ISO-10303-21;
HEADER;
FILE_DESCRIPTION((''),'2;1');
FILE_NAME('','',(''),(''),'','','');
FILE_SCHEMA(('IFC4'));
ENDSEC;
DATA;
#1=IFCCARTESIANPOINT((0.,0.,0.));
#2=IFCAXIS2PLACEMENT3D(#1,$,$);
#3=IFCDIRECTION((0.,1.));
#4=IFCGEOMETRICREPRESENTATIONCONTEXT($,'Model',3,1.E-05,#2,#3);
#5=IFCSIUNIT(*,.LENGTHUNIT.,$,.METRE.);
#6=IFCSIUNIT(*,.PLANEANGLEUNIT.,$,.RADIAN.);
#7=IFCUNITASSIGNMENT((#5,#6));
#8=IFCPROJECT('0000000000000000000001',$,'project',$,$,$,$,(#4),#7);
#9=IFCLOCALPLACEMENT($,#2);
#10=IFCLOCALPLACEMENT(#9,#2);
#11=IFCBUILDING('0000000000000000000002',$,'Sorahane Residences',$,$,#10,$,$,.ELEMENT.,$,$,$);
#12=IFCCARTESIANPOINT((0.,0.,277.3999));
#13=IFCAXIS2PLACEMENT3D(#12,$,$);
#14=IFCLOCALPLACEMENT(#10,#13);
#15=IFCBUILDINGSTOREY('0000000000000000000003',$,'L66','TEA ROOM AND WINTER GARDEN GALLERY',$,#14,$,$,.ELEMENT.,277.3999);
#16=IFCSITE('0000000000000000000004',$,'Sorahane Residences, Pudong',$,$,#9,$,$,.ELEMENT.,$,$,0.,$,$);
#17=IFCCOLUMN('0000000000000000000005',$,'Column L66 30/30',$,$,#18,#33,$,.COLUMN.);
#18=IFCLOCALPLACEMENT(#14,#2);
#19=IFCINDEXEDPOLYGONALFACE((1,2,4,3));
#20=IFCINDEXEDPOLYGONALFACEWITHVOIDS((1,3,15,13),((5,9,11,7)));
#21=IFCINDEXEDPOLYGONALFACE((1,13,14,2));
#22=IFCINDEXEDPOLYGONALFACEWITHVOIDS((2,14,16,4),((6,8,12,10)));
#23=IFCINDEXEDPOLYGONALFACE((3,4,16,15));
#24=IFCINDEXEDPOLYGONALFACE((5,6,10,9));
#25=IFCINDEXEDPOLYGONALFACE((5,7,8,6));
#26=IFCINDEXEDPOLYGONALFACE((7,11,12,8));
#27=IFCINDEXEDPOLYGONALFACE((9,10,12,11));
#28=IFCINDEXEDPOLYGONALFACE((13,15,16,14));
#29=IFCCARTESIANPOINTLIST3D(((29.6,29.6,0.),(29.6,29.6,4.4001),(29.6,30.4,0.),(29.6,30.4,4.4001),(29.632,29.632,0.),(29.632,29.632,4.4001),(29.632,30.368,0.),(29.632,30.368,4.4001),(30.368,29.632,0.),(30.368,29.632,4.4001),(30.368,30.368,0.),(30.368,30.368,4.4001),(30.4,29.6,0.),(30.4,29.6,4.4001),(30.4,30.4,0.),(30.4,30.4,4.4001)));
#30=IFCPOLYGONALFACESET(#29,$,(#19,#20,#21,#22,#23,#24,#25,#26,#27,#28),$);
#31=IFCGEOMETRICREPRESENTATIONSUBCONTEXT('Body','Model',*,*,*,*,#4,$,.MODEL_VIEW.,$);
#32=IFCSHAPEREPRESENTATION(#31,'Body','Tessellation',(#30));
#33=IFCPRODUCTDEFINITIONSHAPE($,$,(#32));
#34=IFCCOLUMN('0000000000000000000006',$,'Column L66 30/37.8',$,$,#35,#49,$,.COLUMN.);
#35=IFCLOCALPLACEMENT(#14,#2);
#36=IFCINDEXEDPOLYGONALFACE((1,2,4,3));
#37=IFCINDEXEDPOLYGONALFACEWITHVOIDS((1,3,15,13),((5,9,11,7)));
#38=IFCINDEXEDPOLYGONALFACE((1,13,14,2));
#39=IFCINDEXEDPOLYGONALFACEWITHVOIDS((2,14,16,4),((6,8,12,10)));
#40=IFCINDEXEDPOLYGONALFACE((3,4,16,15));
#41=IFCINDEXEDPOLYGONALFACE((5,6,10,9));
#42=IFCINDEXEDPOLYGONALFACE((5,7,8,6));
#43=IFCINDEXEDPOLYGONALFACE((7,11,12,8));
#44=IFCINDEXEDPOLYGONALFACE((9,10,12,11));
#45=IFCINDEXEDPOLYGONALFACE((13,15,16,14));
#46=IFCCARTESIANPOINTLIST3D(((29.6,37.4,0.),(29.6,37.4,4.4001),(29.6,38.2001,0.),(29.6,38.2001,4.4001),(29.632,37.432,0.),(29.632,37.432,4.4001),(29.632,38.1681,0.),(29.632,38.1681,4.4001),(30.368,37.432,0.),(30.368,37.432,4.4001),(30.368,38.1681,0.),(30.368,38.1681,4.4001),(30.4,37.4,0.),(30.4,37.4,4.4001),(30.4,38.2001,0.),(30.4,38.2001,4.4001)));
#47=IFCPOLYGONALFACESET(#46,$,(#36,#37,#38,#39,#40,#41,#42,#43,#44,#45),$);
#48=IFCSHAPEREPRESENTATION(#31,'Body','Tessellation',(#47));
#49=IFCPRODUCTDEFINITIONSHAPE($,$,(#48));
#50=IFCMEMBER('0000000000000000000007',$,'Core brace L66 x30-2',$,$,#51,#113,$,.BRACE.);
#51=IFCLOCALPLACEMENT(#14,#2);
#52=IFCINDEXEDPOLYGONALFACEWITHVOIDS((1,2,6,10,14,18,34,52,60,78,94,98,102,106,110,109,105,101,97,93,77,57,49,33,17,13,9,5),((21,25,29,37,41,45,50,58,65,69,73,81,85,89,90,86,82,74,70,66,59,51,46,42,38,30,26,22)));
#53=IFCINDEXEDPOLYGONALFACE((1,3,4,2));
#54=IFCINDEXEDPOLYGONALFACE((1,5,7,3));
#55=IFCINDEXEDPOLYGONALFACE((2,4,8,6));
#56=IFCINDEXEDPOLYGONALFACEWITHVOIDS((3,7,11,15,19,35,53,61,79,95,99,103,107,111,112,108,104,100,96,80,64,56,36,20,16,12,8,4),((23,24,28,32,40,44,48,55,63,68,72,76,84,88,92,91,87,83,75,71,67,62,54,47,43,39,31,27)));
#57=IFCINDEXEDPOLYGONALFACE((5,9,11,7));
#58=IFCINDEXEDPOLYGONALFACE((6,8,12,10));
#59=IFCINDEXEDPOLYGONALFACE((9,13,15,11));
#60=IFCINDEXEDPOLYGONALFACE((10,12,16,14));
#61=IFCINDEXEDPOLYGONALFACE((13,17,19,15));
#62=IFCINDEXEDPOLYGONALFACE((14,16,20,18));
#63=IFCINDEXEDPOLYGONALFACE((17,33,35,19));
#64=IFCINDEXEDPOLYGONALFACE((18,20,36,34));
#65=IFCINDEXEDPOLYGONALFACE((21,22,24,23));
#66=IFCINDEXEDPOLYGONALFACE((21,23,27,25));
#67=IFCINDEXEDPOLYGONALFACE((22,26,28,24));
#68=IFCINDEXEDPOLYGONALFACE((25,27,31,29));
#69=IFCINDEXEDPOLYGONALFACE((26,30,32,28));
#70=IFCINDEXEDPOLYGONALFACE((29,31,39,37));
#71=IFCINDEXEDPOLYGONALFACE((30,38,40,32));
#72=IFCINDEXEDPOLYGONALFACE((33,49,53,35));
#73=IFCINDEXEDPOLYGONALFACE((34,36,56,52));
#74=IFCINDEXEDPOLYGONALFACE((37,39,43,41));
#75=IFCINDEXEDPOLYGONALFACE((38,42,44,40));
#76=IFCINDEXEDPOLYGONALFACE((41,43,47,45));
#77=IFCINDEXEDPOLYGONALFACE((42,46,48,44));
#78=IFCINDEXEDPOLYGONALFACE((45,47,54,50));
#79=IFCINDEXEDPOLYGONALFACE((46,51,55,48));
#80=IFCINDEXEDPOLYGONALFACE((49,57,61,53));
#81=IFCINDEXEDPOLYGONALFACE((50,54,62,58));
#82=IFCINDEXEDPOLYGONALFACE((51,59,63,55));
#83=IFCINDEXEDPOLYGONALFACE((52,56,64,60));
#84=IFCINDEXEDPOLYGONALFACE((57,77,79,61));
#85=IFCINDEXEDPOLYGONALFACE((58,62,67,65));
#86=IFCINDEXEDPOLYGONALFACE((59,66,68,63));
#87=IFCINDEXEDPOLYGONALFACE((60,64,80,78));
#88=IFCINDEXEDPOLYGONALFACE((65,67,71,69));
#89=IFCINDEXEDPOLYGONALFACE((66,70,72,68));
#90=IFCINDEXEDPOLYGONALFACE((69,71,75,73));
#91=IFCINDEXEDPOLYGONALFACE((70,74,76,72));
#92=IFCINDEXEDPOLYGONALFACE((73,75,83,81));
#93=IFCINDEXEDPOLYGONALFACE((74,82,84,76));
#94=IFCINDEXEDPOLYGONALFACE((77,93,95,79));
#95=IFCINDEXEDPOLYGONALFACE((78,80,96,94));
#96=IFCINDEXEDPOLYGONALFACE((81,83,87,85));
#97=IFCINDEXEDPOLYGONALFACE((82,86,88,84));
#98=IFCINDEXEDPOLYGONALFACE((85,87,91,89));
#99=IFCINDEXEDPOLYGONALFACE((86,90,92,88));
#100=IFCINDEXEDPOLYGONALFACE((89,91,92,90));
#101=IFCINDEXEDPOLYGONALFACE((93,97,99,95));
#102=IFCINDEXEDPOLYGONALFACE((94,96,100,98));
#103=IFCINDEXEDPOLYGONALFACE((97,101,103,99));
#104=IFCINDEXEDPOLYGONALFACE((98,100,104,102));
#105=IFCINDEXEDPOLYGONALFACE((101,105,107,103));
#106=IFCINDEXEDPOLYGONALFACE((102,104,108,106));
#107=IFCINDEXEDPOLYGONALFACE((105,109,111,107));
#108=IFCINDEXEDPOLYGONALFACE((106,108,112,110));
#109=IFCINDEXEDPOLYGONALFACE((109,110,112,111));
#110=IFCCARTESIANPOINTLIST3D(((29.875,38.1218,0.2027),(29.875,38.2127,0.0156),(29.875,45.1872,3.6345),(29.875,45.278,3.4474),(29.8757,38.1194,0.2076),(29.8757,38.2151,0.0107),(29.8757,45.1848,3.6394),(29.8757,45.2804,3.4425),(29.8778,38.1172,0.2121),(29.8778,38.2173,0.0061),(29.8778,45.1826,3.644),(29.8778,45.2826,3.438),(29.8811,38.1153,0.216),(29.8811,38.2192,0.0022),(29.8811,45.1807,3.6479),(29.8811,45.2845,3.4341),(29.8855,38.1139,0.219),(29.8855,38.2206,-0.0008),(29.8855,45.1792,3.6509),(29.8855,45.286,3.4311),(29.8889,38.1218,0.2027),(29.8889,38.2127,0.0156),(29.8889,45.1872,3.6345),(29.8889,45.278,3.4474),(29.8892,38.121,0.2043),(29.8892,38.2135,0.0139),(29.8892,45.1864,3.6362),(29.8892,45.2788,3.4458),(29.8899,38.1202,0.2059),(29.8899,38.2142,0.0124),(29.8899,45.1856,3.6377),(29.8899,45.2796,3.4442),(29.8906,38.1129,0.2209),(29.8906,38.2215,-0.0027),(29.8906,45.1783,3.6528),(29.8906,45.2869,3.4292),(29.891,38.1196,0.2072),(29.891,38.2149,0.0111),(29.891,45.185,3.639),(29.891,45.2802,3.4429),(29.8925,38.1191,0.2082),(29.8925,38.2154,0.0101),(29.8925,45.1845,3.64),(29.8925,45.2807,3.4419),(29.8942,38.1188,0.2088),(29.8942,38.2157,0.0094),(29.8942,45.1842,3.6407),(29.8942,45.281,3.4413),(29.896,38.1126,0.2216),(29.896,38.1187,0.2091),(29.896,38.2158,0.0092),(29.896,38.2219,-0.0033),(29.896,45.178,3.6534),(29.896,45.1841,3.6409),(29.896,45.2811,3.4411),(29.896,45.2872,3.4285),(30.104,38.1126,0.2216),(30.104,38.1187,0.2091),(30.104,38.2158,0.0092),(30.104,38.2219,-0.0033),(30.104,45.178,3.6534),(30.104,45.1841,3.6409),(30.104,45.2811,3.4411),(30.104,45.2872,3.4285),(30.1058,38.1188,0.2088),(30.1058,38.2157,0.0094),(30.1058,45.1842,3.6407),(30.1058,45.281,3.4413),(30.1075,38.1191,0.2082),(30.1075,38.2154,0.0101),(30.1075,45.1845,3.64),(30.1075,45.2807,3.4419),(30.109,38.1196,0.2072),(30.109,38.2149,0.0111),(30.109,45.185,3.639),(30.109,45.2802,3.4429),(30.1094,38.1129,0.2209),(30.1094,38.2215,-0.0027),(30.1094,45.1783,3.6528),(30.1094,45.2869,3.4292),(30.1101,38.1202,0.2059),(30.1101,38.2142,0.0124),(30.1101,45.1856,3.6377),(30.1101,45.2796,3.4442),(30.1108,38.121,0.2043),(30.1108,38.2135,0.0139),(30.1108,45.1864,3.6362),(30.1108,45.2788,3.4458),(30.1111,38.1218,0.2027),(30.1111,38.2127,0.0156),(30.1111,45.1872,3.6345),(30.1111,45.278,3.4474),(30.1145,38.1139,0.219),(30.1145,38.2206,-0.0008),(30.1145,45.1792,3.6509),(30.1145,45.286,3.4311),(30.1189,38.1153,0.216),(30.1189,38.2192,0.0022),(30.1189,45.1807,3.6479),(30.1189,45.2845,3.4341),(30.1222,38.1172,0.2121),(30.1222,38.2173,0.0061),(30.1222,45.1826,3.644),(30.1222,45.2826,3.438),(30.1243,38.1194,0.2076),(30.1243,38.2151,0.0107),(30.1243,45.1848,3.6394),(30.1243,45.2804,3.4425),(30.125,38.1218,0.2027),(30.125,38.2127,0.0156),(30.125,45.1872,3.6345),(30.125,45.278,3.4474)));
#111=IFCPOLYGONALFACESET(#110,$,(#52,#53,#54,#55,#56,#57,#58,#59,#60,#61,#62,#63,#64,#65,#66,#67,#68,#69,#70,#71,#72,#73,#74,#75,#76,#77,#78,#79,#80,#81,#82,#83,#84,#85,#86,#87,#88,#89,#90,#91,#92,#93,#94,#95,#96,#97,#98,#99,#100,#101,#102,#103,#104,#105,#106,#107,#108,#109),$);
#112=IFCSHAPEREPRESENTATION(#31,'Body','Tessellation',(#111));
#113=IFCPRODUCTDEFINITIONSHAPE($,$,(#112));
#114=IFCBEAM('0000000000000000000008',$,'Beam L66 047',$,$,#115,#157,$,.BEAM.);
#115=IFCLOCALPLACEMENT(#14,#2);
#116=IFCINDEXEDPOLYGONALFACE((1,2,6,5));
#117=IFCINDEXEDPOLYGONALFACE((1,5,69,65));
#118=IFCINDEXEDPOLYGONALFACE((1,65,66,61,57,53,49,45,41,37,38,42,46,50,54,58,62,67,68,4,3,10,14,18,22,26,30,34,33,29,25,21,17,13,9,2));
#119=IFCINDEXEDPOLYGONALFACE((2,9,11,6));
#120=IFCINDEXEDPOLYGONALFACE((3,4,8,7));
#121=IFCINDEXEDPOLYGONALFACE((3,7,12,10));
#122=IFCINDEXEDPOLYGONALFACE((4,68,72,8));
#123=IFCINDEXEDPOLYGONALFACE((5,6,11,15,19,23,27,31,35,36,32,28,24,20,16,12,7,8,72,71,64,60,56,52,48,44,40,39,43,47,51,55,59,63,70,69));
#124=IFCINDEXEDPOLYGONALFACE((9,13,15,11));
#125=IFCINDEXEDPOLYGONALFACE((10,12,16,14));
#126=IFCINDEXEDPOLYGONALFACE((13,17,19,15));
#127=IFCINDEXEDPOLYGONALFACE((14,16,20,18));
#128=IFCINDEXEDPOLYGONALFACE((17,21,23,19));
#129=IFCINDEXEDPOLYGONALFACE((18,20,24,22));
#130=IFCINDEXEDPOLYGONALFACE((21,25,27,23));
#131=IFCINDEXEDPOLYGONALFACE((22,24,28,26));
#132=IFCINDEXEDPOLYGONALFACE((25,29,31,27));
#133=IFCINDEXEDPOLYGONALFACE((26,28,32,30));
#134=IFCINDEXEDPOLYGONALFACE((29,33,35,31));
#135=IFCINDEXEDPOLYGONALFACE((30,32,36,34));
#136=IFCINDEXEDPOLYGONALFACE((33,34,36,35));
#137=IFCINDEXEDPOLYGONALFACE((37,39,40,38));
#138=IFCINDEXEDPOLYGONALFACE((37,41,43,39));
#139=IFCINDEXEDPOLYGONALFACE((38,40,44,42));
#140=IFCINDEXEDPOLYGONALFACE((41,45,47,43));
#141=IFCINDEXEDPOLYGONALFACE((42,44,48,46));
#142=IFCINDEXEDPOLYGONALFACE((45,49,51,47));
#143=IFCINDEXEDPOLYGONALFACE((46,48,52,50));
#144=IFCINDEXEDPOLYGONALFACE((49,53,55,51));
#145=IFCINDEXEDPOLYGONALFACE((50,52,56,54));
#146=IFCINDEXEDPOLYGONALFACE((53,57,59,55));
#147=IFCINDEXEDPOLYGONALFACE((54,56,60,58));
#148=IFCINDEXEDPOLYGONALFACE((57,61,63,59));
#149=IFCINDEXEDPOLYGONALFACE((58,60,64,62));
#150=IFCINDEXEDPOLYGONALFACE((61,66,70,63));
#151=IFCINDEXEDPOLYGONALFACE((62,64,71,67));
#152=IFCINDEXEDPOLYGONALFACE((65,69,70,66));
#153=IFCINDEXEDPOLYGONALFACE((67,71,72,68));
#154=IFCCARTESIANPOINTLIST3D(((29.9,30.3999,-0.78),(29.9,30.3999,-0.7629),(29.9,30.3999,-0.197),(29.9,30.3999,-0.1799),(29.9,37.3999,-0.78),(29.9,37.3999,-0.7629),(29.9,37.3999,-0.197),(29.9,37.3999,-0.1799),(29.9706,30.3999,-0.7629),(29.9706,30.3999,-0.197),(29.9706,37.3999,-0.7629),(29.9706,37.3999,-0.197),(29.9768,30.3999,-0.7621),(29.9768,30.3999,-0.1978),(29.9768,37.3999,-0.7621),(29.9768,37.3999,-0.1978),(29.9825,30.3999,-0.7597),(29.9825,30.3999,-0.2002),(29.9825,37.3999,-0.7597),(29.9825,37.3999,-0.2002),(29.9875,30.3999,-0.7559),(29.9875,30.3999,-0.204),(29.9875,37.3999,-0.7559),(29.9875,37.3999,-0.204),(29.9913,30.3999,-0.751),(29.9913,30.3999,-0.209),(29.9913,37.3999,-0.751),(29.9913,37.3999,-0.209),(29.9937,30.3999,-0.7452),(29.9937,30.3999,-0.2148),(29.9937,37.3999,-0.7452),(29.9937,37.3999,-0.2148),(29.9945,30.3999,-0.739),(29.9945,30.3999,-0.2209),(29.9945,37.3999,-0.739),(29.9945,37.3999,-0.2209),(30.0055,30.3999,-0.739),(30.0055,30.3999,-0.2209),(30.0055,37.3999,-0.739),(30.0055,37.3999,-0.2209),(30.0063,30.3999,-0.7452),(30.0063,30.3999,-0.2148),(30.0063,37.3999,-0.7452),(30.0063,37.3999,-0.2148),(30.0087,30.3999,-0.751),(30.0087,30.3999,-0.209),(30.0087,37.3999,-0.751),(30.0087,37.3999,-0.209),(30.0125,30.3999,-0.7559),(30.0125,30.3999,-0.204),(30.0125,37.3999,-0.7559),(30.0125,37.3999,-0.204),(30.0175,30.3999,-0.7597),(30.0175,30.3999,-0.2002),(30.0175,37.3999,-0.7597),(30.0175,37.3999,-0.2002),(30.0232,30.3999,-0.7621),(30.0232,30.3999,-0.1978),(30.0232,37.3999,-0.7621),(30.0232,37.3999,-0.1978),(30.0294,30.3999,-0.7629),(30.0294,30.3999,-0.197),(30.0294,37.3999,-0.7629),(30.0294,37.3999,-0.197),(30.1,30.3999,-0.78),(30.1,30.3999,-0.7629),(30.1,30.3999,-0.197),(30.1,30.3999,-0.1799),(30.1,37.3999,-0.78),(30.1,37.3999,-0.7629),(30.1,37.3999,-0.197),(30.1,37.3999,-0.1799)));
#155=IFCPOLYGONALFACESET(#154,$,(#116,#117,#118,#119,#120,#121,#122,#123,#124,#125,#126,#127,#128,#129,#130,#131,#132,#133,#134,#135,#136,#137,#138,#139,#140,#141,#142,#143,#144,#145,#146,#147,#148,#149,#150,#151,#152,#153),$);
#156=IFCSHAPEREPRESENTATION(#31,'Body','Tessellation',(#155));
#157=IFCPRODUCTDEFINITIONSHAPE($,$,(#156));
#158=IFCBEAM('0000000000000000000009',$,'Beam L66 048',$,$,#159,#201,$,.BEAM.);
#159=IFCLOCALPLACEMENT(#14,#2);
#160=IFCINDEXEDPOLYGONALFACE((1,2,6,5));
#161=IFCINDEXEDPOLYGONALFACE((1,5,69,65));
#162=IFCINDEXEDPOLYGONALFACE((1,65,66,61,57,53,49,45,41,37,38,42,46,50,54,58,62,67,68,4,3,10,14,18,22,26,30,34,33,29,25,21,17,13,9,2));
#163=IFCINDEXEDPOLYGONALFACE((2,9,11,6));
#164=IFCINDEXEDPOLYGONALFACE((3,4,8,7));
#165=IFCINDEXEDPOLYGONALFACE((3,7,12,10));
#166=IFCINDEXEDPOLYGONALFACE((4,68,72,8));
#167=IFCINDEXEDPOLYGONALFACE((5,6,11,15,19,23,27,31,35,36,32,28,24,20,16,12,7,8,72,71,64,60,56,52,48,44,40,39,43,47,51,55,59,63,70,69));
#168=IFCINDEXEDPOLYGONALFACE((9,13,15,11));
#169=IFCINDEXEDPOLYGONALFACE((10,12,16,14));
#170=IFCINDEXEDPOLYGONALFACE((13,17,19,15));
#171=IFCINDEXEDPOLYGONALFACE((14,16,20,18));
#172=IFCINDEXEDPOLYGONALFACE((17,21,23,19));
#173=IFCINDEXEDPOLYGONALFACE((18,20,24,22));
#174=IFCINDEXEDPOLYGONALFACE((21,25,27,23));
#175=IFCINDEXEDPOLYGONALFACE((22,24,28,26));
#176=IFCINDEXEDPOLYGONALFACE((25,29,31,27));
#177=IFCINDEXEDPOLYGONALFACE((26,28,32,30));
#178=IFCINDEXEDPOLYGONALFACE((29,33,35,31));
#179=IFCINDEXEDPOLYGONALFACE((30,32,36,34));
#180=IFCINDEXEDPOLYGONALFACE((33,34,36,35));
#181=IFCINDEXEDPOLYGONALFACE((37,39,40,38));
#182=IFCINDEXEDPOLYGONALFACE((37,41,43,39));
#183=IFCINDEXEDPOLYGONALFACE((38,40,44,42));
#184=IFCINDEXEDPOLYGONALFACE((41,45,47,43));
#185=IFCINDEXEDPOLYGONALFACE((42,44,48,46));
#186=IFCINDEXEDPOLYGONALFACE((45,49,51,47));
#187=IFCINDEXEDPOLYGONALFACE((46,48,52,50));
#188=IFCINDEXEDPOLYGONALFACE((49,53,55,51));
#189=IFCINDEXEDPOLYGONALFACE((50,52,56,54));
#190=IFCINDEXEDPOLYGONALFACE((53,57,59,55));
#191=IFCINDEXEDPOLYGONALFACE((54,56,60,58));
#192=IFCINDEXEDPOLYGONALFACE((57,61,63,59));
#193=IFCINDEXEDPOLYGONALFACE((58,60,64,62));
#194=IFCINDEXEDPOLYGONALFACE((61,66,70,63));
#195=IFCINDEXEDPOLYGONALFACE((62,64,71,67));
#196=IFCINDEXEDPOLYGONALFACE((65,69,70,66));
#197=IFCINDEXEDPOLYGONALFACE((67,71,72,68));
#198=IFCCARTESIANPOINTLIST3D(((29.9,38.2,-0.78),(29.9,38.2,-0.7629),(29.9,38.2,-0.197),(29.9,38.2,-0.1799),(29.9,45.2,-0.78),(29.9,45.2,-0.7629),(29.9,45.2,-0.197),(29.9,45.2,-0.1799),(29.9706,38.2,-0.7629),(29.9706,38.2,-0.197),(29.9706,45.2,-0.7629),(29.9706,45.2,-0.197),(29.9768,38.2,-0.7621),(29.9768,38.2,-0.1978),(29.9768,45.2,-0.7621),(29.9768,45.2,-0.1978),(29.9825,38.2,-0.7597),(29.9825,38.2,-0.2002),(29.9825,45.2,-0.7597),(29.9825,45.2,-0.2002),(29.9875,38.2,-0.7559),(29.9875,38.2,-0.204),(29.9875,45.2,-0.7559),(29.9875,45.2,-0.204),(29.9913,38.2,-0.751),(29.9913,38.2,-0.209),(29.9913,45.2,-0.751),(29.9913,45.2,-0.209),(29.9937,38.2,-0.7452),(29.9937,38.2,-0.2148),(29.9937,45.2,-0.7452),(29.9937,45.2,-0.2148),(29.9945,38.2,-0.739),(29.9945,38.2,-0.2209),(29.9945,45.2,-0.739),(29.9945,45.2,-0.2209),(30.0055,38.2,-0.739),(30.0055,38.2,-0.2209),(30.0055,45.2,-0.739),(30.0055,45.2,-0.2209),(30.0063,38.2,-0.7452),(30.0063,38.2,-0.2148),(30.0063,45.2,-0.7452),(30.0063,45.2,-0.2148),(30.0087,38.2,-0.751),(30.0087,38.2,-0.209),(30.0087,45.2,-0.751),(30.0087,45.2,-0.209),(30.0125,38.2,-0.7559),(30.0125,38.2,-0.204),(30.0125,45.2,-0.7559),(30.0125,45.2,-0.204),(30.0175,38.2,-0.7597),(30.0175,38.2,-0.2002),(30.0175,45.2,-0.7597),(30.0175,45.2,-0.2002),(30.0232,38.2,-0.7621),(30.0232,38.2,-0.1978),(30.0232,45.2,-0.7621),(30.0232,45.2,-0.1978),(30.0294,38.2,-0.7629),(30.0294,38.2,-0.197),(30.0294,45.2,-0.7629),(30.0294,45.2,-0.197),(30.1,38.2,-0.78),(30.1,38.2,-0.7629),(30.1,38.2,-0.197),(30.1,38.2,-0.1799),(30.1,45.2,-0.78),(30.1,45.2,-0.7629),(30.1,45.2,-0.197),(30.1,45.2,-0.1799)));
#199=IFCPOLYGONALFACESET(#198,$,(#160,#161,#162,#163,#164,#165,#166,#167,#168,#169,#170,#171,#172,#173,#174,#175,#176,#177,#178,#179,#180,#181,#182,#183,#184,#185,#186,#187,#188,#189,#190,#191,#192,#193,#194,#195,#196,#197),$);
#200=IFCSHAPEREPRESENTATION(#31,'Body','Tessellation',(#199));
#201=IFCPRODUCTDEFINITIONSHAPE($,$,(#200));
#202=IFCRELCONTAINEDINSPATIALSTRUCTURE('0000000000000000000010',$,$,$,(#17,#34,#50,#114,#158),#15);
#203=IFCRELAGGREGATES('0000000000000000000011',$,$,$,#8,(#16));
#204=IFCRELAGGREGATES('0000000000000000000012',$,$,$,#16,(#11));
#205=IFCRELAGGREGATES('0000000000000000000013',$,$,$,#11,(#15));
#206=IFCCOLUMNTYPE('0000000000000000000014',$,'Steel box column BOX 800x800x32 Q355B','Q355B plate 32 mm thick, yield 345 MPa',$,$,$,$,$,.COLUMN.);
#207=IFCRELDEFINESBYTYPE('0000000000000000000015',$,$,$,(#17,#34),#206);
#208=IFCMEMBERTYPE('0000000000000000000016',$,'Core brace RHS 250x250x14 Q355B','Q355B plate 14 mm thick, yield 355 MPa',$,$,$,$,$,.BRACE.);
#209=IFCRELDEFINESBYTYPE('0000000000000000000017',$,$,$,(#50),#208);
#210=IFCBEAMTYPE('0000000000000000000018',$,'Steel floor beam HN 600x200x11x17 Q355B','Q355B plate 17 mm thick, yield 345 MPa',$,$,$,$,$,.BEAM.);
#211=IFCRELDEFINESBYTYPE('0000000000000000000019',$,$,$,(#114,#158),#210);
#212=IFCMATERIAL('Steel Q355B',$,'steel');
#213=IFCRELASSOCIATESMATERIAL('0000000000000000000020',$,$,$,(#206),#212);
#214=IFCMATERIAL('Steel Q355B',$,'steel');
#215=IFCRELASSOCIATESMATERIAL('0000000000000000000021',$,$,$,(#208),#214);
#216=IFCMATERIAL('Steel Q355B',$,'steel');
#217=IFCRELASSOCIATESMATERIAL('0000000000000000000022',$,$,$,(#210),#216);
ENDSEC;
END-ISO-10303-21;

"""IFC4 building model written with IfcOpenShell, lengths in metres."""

from ifc_helpers import new_model, si_unit, direction, frame, origin, origin_2d, place, context, subcontext, project, spatial, hollow_rectangle, i_section, extrude, material, material_profile, profile_set, type_object, element, save


model = new_model("IFC4")

# Units and contexts
model_context = context("Model", 3, precision=1e-05, world=origin(), true_north=direction((0.0, 1.0)))
body_context = subcontext(model_context, "Body", "Model", "MODEL_VIEW")
ifc_project = project(units=[si_unit("LENGTHUNIT", "METRE"), si_unit("PLANEANGLEUNIT", "RADIAN")], contexts=[model_context])

# Site, building, storey
site_placement = place(None, origin())
site = spatial("IfcSite", under=ifc_project, at=site_placement, Name="Sorahane Residences, Pudong", CompositionType="ELEMENT", RefElevation=0.0)
building_placement = place(site_placement, origin())
building = spatial("IfcBuilding", under=site, at=building_placement, Name="Sorahane Residences", CompositionType="ELEMENT")
storey_placement = place(building_placement, frame((0.0, 0.0, 277.3999)))
storey = spatial("IfcBuildingStorey", under=building, at=storey_placement, Name="L66", Description="TEA ROOM AND WINTER GARDEN GALLERY", CompositionType="ELEMENT", Elevation=277.3999)

# Columns
ifc_material_1 = material(Name="Steel Q355B", Category="steel")
ifc_material_profile_1 = material_profile(ifc_material_1, hollow_rectangle(XDim=0.8, YDim=0.8, WallThickness=0.032, at=origin_2d()), Name="BOX 800x800x32")
ifc_profile_set_1 = profile_set([ifc_material_profile_1], Name="Steel Q355B")
column_type = type_object("IfcColumnType", Name="Steel box column BOX 800x800x32 Q355B", Description="Q355B plate 32 mm thick, yield 345 MPa", PredefinedType="COLUMN", material=ifc_profile_set_1)
for number, where, z_axis, x_axis, name in (
    (1, (30.0, 30.0, 0.0), (0.0, 0.0, 1.0), (1.0, 0.0, 0.0), "Column L66 30/30"),
    (2, (30.0, 37.8, 0.0), (0.0, 0.0, 1.0), (1.0, 0.0, 0.0), "Column L66 30/37.8"),
):
    element("IfcColumn", number, at=place(storey_placement, frame(where, z_axis=z_axis, x_axis=x_axis)), inside=storey, type_object=column_type, Name=name, PredefinedType="COLUMN", context=body_context, shape_type="SweptSolid", body=[
        extrude(hollow_rectangle(XDim=0.8, YDim=0.8, WallThickness=0.032, at=origin_2d()), origin(), (0.0, 0.0, 1.0), 4.4001),
    ])

# Member
ifc_material_2 = material(Name="Steel Q355B", Category="steel")
ifc_material_profile_2 = material_profile(ifc_material_2, hollow_rectangle(XDim=0.25, YDim=0.25, WallThickness=0.0139, InnerFilletRadius=0.0071, OuterFilletRadius=0.021, at=origin_2d()), Name="RHS 250x250x14")
ifc_profile_set_2 = profile_set([ifc_material_profile_2], Name="Steel Q355B")
member_type = type_object("IfcMemberType", Name="Core brace RHS 250x250x14 Q355B", Description="Q355B plate 14 mm thick, yield 355 MPa", PredefinedType="BRACE", material=ifc_profile_set_2)
member_placement = place(storey_placement, frame((30.0, 38.1672, 0.1091), z_axis=(0.0, 0.899503, 0.436915), x_axis=(-1.0, 0.0, 0.0)))
element("IfcMember", 3, at=member_placement, inside=storey, type_object=member_type, Name="Core brace L66 x30-2", PredefinedType="BRACE", context=body_context, shape_type="SweptSolid", body=[
    extrude(hollow_rectangle(XDim=0.25, YDim=0.25, WallThickness=0.0139, InnerFilletRadius=0.0071, OuterFilletRadius=0.021, at=origin_2d()), origin(), (0.0, 0.0, 1.0), 7.8547),
])

# Beams
ifc_material_3 = material(Name="Steel Q355B", Category="steel")
ifc_material_profile_3 = material_profile(ifc_material_3, i_section(OverallWidth=0.2, OverallDepth=0.6001, WebThickness=0.011, FlangeThickness=0.0171, FilletRadius=0.0239, at=origin_2d()), Name="HN 600x200x11x17")
ifc_profile_set_3 = profile_set([ifc_material_profile_3], Name="Steel Q355B")
beam_type = type_object("IfcBeamType", Name="Steel floor beam HN 600x200x11x17 Q355B", Description="Q355B plate 17 mm thick, yield 345 MPa", PredefinedType="BEAM", material=ifc_profile_set_3)
for number, where, z_axis, x_axis, name in (
    (4, (30.0, 30.3999, -0.48), (0.0, 1.0, 0.0), (-1.0, 0.0, 0.0), "Beam L66 047"),
    (5, (30.0, 38.2, -0.48), (0.0, 1.0, 0.0), (-1.0, 0.0, 0.0), "Beam L66 048"),
):
    element("IfcBeam", number, at=place(storey_placement, frame(where, z_axis=z_axis, x_axis=x_axis)), inside=storey, type_object=beam_type, Name=name, PredefinedType="BEAM", context=body_context, shape_type="SweptSolid", body=[
        extrude(i_section(OverallWidth=0.2, OverallDepth=0.6001, WebThickness=0.011, FlangeThickness=0.0171, FilletRadius=0.0239, at=origin_2d()), origin(), (0.0, 0.0, 1.0), 7.0),
    ])

save(model, "model.ifc")
